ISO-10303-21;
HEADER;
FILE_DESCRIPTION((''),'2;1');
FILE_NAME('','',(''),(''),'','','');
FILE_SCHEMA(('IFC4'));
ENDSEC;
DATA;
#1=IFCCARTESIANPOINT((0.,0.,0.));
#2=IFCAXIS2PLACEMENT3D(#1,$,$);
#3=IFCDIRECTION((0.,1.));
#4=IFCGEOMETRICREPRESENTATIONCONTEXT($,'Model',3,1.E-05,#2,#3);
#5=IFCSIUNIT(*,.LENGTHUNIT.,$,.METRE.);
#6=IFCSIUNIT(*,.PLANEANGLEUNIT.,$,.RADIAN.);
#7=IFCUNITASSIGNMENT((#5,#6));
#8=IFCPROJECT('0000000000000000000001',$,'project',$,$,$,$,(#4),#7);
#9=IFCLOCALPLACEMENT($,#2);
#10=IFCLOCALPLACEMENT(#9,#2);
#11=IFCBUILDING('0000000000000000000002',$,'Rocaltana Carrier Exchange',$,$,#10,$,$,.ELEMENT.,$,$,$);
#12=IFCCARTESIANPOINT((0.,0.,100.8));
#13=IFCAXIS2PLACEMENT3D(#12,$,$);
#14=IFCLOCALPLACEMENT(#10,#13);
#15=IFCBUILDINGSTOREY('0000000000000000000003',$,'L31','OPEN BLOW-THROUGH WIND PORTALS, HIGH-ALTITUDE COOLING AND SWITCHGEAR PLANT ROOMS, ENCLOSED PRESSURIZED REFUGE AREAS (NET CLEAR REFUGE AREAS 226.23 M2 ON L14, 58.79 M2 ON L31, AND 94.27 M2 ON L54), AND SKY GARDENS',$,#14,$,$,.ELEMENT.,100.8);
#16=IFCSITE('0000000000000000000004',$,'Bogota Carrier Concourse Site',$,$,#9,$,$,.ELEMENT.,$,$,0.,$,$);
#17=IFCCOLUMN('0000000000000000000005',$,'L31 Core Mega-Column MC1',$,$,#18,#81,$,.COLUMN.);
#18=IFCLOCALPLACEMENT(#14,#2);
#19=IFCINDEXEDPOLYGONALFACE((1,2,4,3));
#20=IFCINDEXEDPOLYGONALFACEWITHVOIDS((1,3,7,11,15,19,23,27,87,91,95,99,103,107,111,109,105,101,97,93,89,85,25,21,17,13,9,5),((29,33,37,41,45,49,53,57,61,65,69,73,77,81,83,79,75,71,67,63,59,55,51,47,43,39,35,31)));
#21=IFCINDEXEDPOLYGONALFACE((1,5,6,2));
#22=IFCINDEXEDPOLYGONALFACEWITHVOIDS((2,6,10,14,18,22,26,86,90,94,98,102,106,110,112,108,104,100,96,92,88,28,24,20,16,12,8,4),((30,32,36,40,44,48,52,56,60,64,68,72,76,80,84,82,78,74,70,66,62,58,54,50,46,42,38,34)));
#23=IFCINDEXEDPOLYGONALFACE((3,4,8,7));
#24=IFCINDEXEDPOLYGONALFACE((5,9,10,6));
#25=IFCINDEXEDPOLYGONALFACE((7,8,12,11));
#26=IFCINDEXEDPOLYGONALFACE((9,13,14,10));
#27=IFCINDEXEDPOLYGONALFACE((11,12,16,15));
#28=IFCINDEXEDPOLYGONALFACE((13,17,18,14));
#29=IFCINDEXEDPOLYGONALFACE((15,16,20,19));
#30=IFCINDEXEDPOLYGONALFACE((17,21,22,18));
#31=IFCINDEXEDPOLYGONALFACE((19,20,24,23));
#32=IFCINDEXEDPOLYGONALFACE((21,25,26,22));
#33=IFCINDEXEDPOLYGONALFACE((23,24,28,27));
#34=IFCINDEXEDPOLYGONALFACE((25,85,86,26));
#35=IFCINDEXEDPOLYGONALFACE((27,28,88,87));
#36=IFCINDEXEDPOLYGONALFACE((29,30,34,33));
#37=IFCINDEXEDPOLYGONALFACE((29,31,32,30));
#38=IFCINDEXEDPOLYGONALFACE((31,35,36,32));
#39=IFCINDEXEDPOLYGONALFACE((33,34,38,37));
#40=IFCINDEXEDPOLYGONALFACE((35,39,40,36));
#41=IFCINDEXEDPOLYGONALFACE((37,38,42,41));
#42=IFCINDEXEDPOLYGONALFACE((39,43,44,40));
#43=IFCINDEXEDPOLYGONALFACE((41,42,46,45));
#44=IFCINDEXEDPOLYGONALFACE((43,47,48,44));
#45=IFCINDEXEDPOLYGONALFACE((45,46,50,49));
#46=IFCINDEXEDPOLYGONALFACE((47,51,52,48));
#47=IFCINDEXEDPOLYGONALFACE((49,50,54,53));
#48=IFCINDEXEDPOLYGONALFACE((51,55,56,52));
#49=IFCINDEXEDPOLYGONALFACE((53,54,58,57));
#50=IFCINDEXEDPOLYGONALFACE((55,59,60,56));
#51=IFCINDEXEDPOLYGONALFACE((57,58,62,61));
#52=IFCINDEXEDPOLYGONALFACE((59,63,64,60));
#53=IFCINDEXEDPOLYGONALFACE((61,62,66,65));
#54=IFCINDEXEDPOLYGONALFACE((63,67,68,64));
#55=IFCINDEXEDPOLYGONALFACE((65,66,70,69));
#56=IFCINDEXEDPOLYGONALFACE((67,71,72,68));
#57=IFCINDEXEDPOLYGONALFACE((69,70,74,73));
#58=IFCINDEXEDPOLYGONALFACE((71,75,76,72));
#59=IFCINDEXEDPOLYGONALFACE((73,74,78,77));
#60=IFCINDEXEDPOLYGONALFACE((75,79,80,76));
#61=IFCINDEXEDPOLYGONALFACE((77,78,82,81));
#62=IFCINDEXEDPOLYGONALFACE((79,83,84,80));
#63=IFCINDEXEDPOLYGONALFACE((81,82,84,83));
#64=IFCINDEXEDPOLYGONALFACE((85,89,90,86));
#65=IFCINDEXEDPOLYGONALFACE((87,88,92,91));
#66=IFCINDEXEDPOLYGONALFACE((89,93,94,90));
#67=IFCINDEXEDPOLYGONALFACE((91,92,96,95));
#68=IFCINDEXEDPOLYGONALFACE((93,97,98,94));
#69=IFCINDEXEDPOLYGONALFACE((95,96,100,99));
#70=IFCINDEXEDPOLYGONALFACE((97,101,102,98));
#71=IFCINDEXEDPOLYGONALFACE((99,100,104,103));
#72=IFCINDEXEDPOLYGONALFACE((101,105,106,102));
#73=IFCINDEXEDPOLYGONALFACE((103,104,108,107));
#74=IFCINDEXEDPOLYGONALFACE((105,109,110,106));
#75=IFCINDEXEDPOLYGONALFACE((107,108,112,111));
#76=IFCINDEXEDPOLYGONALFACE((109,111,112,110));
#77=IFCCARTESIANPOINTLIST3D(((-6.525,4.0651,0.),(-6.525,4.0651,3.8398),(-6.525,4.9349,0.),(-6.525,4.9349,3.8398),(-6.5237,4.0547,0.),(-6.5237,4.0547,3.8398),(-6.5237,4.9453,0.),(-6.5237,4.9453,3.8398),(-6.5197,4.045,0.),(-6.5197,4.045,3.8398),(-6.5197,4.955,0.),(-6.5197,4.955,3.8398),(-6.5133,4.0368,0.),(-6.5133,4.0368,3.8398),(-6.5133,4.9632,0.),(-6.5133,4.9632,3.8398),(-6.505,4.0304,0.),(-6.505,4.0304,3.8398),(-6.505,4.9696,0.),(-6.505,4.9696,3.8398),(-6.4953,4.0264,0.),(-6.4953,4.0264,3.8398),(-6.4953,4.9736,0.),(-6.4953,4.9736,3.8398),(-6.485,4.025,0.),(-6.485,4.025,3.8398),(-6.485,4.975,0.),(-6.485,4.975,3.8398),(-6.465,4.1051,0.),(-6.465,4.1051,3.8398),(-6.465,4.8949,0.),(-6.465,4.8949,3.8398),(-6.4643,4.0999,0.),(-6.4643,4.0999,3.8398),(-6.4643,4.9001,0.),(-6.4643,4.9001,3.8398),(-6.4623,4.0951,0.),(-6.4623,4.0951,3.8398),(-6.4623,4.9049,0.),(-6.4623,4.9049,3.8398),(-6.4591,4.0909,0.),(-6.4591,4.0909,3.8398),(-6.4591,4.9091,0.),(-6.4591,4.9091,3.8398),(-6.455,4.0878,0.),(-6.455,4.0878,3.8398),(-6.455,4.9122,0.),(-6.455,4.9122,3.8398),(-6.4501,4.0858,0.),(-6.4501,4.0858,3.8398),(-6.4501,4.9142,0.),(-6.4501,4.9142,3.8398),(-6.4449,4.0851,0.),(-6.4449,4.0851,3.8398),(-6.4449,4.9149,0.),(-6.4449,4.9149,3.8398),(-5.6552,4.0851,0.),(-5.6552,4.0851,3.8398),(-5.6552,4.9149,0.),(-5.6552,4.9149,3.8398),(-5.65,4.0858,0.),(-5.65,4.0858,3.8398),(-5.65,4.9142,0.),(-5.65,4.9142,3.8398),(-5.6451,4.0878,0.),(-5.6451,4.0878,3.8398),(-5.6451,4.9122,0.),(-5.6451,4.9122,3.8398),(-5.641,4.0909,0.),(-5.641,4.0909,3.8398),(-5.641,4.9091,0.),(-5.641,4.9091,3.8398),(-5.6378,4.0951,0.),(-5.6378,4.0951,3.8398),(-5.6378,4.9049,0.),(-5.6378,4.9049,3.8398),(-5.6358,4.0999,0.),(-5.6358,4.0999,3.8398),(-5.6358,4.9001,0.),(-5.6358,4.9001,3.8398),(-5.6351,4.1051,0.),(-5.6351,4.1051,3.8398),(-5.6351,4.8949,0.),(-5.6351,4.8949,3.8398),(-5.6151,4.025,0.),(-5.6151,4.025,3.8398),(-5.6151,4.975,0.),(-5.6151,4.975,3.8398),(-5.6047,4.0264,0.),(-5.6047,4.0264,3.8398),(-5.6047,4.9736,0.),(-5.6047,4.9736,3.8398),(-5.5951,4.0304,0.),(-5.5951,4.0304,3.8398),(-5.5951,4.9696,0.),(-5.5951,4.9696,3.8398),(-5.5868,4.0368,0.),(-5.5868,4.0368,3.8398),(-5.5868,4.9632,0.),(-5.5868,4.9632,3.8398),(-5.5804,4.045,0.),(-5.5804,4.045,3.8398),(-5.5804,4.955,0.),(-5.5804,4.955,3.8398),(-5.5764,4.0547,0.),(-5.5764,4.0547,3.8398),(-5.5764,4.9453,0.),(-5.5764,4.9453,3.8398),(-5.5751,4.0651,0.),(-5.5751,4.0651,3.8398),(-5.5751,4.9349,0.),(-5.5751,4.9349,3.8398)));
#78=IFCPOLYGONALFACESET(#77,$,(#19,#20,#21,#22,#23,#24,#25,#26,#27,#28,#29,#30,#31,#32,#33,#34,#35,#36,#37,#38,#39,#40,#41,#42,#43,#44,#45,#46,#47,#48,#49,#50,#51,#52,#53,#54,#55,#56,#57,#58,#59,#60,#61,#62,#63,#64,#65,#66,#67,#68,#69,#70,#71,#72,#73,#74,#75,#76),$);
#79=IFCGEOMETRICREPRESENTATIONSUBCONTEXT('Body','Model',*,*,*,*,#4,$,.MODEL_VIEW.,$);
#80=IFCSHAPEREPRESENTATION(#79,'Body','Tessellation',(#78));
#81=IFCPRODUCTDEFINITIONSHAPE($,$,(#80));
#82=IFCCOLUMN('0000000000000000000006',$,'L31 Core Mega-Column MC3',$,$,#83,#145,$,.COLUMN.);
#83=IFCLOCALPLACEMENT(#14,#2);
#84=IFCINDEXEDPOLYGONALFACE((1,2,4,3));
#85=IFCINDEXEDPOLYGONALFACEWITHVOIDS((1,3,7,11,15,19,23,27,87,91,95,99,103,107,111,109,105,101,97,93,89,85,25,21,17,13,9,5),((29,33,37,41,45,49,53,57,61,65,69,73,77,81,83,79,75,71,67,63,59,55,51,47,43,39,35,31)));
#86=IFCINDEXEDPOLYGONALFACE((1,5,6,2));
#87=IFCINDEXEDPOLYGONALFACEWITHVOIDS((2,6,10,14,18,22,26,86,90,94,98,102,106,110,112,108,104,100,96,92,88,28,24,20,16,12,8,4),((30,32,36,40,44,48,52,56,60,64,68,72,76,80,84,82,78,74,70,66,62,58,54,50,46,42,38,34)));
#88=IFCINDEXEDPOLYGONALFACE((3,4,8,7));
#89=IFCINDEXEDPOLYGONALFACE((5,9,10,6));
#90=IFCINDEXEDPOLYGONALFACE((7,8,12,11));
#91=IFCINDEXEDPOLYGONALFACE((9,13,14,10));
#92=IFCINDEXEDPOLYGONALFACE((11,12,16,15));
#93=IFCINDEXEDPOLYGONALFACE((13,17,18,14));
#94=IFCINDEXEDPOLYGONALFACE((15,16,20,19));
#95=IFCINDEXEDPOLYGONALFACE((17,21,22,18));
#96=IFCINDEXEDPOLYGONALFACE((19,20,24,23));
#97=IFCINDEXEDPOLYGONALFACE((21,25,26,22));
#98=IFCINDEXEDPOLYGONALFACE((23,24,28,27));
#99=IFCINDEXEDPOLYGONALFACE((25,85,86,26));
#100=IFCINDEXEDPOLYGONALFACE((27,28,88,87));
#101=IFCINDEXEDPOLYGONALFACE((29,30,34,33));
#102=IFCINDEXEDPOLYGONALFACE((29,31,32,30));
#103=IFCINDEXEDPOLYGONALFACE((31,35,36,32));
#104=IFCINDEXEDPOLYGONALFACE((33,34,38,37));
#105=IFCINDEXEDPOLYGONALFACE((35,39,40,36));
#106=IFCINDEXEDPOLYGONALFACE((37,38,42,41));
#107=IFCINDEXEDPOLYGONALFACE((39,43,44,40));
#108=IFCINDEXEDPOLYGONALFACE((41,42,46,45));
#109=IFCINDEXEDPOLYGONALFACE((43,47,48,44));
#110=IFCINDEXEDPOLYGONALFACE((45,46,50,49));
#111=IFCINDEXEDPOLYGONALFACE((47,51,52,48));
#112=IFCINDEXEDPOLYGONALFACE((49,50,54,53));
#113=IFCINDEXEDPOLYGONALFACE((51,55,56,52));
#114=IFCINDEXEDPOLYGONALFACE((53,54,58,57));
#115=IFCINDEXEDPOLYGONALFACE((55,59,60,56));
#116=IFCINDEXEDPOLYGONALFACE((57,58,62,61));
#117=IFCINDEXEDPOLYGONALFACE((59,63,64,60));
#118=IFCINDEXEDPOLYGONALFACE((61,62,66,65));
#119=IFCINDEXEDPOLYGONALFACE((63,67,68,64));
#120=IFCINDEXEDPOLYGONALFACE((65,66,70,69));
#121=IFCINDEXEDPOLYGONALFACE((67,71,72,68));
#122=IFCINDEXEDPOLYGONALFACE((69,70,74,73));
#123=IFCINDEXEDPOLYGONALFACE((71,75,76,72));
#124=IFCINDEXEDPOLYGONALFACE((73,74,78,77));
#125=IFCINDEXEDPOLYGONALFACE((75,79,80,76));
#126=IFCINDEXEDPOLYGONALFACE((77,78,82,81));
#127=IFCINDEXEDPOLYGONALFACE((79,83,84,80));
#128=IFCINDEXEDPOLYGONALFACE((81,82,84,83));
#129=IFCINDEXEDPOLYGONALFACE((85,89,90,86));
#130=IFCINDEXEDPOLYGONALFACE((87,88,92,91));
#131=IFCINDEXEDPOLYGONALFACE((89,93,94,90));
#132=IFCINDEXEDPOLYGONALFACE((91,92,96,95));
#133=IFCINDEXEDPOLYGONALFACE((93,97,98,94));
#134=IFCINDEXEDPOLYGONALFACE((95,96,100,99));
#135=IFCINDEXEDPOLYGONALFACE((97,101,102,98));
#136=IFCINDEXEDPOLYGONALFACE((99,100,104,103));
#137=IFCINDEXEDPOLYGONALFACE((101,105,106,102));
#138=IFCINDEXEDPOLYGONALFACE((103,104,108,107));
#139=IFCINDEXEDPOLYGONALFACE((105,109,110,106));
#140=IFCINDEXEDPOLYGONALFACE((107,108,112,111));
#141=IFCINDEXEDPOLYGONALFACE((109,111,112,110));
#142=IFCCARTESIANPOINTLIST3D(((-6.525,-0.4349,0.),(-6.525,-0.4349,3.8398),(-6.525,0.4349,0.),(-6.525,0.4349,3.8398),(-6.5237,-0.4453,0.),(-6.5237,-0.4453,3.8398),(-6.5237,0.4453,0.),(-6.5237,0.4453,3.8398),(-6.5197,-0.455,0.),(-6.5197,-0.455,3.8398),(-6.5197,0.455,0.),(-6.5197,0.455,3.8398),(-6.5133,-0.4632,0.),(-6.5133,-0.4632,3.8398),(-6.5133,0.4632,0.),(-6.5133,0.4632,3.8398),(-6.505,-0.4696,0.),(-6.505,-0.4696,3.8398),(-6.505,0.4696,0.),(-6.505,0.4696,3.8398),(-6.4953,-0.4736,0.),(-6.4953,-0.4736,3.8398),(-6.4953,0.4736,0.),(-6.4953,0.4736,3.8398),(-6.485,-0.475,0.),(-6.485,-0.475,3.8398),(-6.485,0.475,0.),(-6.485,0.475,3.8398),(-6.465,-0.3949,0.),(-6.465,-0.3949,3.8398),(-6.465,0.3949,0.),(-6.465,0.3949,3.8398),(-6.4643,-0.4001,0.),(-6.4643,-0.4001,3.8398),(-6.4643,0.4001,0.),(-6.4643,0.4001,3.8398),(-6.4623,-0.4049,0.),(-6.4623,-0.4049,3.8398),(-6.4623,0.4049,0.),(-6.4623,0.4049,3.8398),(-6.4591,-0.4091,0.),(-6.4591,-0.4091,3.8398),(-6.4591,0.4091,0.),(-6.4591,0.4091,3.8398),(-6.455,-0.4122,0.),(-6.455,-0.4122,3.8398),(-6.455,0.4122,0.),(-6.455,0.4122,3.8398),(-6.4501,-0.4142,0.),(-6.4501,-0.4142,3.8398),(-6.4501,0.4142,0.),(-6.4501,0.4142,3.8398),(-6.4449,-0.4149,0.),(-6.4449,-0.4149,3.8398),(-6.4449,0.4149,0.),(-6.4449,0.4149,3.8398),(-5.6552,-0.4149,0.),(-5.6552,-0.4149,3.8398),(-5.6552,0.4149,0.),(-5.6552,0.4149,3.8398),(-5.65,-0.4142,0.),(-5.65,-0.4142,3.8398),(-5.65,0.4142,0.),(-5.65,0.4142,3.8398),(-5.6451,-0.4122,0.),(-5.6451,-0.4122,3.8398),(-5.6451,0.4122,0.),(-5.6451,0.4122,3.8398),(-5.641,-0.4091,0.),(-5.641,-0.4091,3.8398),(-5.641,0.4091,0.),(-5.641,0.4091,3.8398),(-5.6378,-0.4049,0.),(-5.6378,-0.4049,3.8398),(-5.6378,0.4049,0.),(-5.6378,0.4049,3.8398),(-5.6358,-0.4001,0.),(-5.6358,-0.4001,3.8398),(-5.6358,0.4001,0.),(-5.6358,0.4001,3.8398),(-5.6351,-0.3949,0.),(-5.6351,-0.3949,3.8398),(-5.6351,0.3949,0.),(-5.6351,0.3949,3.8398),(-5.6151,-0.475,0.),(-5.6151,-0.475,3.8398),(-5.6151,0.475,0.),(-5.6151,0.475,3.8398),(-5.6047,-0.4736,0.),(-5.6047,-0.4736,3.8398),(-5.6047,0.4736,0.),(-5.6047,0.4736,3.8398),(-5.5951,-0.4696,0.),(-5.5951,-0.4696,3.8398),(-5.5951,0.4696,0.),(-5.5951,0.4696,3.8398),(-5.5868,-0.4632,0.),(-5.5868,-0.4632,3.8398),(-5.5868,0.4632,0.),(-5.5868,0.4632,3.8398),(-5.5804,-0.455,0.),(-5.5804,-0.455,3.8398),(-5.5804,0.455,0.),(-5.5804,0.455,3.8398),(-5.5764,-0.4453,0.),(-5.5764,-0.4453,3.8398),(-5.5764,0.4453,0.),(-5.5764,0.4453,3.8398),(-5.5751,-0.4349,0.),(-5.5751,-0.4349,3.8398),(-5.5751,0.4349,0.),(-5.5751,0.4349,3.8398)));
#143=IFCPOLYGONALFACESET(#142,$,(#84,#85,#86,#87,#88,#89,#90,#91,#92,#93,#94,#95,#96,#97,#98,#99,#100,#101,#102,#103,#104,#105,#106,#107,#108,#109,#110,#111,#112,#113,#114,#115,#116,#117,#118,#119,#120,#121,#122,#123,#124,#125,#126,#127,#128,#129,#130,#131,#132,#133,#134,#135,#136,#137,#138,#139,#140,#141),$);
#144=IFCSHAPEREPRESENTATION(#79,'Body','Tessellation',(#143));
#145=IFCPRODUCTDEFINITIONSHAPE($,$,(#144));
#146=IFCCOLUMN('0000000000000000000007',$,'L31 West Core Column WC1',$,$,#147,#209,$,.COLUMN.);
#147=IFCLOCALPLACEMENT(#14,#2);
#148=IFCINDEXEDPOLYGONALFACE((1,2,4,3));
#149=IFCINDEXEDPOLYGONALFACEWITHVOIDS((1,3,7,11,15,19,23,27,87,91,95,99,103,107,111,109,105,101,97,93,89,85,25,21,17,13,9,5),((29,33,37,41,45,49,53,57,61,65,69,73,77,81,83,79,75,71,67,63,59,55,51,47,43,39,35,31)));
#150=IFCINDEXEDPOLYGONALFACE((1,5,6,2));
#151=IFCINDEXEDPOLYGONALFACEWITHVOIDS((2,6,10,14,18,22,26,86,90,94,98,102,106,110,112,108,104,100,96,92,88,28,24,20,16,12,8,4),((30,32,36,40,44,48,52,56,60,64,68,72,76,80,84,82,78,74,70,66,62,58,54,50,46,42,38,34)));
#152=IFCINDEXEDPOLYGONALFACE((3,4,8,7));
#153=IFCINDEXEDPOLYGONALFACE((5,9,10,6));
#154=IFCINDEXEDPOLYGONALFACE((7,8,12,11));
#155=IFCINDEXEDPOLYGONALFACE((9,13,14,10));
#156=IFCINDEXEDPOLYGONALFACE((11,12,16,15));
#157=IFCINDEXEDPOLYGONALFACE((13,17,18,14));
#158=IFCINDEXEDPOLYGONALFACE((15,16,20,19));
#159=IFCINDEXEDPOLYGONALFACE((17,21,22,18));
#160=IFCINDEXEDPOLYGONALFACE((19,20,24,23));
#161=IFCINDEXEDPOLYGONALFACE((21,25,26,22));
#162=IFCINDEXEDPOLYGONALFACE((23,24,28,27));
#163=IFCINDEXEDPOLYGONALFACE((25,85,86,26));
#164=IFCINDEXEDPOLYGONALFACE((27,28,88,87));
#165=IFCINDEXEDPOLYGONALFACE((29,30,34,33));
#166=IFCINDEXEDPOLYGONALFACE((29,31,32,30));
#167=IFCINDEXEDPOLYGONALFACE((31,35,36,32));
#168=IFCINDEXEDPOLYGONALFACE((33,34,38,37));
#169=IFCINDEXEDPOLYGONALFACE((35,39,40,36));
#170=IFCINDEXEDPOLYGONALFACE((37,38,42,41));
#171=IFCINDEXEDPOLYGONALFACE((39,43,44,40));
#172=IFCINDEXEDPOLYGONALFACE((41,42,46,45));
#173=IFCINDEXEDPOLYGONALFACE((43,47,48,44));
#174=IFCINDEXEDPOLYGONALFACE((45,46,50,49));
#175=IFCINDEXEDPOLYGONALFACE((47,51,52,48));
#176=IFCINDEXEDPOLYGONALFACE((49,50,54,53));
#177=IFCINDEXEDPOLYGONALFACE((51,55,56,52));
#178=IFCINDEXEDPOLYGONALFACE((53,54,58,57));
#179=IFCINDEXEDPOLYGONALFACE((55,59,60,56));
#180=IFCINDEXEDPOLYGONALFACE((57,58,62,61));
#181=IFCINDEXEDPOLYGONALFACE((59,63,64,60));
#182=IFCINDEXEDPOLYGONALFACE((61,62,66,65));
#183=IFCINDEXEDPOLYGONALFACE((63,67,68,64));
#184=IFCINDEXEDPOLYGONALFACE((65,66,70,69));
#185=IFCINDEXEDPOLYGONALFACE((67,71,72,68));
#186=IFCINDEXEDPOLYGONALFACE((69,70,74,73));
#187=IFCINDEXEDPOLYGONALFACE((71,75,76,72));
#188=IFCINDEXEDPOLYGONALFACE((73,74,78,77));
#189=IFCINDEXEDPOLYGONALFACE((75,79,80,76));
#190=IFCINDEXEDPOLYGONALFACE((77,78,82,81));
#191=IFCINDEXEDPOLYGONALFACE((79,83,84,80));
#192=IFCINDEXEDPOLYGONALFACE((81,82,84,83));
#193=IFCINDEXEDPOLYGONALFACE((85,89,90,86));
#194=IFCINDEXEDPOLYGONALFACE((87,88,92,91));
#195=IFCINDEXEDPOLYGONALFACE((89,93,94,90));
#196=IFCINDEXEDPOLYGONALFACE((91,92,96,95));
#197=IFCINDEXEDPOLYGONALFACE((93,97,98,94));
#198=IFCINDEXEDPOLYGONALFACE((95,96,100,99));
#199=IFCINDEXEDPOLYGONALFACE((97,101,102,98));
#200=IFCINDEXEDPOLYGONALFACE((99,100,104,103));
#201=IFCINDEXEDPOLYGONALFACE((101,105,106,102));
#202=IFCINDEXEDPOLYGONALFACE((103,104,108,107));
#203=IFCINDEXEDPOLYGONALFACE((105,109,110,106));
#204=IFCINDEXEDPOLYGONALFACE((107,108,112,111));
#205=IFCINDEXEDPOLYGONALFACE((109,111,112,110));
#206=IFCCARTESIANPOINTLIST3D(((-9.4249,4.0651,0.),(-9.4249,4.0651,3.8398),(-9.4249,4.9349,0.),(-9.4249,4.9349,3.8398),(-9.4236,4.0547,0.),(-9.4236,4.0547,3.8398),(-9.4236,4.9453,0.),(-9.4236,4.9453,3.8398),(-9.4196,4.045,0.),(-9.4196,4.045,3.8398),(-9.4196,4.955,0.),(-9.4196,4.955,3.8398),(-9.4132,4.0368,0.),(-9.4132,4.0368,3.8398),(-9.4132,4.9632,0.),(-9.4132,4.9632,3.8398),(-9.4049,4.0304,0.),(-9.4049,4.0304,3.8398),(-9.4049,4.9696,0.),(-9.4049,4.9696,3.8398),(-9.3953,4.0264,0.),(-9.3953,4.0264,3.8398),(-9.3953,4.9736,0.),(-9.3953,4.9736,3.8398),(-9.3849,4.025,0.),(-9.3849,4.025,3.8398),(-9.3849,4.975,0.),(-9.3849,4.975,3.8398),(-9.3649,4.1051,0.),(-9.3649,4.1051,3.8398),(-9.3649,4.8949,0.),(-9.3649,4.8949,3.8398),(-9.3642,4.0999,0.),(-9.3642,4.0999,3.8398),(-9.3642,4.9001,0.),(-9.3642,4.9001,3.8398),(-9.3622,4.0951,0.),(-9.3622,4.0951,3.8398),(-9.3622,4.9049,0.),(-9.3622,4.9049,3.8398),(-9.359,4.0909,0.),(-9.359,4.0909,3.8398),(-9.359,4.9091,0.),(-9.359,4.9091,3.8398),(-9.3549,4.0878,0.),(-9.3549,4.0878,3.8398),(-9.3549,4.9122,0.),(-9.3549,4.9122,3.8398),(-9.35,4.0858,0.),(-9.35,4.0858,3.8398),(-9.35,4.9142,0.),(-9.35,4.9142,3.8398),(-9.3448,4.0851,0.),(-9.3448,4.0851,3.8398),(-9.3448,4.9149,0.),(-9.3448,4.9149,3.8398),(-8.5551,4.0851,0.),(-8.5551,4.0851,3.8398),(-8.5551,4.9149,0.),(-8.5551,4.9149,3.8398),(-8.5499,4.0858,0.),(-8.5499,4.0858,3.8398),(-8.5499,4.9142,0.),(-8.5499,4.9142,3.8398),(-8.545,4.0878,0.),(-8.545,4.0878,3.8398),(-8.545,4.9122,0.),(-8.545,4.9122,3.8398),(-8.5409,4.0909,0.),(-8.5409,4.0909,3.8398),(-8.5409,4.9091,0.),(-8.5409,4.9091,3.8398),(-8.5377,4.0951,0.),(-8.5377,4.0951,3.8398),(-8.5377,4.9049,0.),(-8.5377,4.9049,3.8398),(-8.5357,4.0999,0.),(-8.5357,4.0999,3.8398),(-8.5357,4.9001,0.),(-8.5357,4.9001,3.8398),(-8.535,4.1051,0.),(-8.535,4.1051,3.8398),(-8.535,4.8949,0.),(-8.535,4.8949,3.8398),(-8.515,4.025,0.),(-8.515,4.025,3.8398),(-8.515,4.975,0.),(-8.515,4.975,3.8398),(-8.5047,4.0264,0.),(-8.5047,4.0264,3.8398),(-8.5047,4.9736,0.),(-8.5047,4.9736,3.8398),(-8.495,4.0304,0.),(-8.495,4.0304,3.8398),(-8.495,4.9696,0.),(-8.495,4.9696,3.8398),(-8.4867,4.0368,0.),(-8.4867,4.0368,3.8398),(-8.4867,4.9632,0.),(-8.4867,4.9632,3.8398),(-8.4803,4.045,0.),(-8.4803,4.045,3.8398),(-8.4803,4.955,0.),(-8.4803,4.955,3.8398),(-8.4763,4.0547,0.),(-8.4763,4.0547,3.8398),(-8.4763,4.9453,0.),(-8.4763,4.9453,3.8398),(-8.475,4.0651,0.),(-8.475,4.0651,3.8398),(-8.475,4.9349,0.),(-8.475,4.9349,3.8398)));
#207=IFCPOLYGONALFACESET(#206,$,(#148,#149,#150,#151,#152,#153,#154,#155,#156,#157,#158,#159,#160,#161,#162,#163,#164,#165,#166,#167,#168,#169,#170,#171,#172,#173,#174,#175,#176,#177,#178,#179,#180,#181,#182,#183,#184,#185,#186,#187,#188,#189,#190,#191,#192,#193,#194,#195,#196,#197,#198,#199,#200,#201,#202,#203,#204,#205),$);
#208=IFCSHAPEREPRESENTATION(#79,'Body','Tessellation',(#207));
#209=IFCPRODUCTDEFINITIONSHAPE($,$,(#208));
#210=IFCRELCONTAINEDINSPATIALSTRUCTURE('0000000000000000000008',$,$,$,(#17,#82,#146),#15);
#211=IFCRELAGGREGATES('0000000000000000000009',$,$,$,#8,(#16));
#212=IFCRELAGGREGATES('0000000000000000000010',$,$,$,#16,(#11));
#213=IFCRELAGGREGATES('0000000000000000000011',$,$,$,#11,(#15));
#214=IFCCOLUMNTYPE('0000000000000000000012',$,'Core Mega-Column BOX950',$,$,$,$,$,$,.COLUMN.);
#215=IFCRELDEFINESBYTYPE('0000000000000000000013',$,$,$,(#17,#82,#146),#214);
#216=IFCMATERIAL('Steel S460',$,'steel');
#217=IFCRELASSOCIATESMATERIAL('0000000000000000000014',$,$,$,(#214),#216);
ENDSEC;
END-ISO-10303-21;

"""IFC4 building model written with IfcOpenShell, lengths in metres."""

from ifc_helpers import new_model, si_unit, direction, frame, origin, origin_2d, place, context, subcontext, project, spatial, hollow_rectangle, extrude, material, material_profile, profile_set, type_object, element, save


model = new_model("IFC4")

# Units and contexts
model_context = context("Model", 3, precision=1e-05, world=origin(), true_north=direction((0.0, 1.0)))
body_context = subcontext(model_context, "Body", "Model", "MODEL_VIEW")
ifc_project = project(units=[si_unit("LENGTHUNIT", "METRE"), si_unit("PLANEANGLEUNIT", "RADIAN")], contexts=[model_context])

# Site, building, storey
site_placement = place(None, origin())
site = spatial("IfcSite", under=ifc_project, at=site_placement, Name="Bogota Carrier Concourse Site", CompositionType="ELEMENT", RefElevation=0.0)
building_placement = place(site_placement, origin())
building = spatial("IfcBuilding", under=site, at=building_placement, Name="Rocaltana Carrier Exchange", CompositionType="ELEMENT")
storey_placement = place(building_placement, frame((0.0, 0.0, 100.8)))
storey = spatial("IfcBuildingStorey", under=building, at=storey_placement, Name="L31", Description="OPEN BLOW-THROUGH WIND PORTALS, HIGH-ALTITUDE COOLING AND SWITCHGEAR PLANT ROOMS, ENCLOSED PRESSURIZED REFUGE AREAS (NET CLEAR REFUGE AREAS 226.23 M2 ON L14, 58.79 M2 ON L31, AND 94.27 M2 ON L54), AND SKY GARDENS", CompositionType="ELEMENT", Elevation=100.8)

# Columns
ifc_material_1 = material(Name="Steel S460", Category="steel")
ifc_material_profile_1 = material_profile(ifc_material_1, hollow_rectangle(XDim=0.95, YDim=0.95, WallThickness=0.0601, InnerFilletRadius=0.02, OuterFilletRadius=0.04, at=origin_2d()), Name="BOX950X950X60")
ifc_profile_set_1 = profile_set([ifc_material_profile_1], Name="Steel S460")
column_type_1 = type_object("IfcColumnType", Name="Core Mega-Column BOX950", PredefinedType="COLUMN", material=ifc_profile_set_1)
for number, where, z_axis, x_axis, name in (
    (1, (-6.05, 4.5, 0.0), (0.0, 0.0, 1.0), (1.0, 0.0, 0.0), "L31 Core Mega-Column MC1"),
    (2, (-6.05, 0.0, 0.0), (0.0, 0.0, 1.0), (1.0, 0.0, 0.0), "L31 Core Mega-Column MC3"),
    (3, (-8.95, 4.5, 0.0), (0.0, 0.0, 1.0), (1.0, 0.0, 0.0), "L31 West Core Column WC1"),
):
    element("IfcColumn", number, at=place(storey_placement, frame(where, z_axis=z_axis, x_axis=x_axis)), inside=storey, type_object=column_type_1, Name=name, PredefinedType="COLUMN", context=body_context, shape_type="SweptSolid", body=[
        extrude(hollow_rectangle(XDim=0.95, YDim=0.95, WallThickness=0.0601, InnerFilletRadius=0.02, OuterFilletRadius=0.04, at=origin_2d()), origin(), (0.0, 0.0, 1.0), 3.8398),
    ])

save(model, "model.ifc")
